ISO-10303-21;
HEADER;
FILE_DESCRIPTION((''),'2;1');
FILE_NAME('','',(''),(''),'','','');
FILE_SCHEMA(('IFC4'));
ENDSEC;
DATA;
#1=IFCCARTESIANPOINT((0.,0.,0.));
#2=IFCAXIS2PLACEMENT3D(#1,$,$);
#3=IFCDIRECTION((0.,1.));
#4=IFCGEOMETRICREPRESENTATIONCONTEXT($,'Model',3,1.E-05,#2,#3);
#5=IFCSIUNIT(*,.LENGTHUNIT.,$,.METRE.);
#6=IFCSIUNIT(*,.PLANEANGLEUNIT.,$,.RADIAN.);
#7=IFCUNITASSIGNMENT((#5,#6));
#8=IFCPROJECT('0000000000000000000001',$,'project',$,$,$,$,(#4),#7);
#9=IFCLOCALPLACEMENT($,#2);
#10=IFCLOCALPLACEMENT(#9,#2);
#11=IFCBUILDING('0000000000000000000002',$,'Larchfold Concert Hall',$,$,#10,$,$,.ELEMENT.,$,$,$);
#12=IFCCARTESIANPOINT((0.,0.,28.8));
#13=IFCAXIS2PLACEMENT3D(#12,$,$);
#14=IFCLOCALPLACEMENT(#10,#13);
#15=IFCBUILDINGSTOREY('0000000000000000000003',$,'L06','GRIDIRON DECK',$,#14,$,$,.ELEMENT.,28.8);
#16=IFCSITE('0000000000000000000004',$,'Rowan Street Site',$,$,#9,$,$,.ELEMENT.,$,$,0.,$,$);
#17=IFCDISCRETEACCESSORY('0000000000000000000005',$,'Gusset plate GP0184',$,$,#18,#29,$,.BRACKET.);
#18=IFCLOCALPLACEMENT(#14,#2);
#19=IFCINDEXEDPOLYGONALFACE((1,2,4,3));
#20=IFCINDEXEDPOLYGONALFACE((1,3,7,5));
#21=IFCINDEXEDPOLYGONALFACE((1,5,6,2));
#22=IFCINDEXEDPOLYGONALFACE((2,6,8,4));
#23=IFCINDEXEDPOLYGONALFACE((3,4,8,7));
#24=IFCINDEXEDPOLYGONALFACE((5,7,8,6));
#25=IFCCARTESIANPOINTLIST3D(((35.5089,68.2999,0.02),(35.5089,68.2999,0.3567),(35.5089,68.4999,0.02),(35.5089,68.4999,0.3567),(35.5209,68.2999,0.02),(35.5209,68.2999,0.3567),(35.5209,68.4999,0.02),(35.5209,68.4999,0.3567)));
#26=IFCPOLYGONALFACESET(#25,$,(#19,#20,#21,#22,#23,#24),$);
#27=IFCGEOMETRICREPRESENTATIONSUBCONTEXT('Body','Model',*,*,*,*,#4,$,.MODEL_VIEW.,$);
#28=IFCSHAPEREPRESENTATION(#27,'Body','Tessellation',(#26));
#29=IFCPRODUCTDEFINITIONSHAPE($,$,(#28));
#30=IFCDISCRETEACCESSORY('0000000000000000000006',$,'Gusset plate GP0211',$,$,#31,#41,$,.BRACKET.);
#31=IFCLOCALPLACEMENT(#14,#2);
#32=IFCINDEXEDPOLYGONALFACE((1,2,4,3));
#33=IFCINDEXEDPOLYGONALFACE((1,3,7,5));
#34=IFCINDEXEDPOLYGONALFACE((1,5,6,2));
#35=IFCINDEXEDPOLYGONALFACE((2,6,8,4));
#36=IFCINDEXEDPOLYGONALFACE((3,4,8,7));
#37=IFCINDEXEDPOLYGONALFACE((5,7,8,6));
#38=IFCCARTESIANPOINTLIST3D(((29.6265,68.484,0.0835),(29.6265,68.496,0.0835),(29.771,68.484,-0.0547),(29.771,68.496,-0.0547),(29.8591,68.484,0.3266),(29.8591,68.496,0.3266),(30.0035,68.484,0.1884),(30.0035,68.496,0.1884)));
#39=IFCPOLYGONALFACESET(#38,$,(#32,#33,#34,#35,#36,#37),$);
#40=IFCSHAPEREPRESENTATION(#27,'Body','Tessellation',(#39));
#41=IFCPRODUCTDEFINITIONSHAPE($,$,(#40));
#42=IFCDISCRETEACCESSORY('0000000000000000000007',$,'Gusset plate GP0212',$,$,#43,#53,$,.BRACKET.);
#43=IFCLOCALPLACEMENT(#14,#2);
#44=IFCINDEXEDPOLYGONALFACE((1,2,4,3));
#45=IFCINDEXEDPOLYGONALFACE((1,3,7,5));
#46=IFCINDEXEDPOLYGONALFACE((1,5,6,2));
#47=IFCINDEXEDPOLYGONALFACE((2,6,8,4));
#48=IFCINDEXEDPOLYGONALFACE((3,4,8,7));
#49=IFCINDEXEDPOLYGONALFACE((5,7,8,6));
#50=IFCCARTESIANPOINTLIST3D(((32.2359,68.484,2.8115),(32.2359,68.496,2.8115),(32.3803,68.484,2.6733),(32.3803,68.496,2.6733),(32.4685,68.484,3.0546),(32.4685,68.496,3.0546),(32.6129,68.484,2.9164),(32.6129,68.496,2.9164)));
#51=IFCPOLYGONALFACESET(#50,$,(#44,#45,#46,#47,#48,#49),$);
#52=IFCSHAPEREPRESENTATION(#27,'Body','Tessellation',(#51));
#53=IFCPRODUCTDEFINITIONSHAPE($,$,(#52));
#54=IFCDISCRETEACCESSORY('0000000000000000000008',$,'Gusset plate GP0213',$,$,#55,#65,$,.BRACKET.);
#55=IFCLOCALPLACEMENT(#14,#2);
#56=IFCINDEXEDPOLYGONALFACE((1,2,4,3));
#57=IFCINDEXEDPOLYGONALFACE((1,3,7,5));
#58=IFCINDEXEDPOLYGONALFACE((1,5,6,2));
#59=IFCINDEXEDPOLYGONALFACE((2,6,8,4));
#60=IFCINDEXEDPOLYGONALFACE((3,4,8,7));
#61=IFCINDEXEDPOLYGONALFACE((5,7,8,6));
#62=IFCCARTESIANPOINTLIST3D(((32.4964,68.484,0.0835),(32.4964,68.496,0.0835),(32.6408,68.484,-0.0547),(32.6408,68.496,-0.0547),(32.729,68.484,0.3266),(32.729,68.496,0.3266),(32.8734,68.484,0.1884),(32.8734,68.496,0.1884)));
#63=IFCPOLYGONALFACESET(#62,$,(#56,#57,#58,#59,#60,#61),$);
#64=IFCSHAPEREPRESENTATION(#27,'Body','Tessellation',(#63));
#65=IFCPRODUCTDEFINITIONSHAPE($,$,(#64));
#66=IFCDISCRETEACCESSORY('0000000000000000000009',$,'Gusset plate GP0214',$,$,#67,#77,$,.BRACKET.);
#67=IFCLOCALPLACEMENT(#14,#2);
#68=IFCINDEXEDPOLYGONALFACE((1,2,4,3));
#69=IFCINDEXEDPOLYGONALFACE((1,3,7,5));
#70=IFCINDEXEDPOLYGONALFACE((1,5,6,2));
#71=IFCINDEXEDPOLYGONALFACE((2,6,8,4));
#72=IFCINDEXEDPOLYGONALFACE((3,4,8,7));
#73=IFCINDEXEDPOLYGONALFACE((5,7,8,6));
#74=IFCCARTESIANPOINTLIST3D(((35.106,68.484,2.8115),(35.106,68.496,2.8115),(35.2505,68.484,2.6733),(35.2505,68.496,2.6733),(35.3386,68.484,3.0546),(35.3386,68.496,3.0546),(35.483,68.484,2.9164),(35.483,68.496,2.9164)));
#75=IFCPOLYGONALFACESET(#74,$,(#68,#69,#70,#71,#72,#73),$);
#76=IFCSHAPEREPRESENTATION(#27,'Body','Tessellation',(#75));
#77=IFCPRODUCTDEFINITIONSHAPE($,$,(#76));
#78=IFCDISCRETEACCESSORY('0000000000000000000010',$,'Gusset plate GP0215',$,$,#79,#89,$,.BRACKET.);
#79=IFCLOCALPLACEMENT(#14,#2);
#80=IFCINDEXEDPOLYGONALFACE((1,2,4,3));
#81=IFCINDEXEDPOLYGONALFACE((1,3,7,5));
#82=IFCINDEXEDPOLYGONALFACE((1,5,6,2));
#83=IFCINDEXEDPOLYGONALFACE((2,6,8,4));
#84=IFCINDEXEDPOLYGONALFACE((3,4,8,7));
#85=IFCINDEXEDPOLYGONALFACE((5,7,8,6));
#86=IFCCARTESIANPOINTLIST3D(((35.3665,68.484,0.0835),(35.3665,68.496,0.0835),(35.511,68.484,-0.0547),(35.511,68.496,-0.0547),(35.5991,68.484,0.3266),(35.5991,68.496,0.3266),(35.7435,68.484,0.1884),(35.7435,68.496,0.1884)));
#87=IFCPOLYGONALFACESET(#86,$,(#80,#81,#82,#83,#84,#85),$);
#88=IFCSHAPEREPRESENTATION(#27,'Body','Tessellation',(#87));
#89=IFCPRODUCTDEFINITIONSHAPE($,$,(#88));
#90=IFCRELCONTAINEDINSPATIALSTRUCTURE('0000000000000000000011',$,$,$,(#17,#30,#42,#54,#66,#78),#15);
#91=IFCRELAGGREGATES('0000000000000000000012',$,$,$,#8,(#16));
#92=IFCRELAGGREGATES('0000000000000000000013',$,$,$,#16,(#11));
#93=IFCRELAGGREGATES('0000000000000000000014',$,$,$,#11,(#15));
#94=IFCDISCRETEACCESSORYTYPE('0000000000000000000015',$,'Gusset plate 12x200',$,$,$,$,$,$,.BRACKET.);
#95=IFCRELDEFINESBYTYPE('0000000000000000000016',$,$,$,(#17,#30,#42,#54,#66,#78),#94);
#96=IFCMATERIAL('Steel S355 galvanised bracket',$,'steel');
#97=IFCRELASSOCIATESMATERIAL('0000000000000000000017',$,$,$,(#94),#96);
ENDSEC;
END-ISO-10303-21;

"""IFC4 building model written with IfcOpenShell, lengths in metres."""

from ifc_helpers import new_model, si_unit, direction, frame, origin, origin_2d, place, context, subcontext, project, spatial, rectangle, extrude, material, material_profile, profile_set, type_object, element, save


model = new_model("IFC4")

# Units and contexts
model_context = context("Model", 3, precision=1e-05, world=origin(), true_north=direction((0.0, 1.0)))
body_context = subcontext(model_context, "Body", "Model", "MODEL_VIEW")
ifc_project = project(units=[si_unit("LENGTHUNIT", "METRE"), si_unit("PLANEANGLEUNIT", "RADIAN")], contexts=[model_context])

# Site, building, storey
site_placement = place(None, origin())
site = spatial("IfcSite", under=ifc_project, at=site_placement, Name="Rowan Street Site", CompositionType="ELEMENT", RefElevation=0.0)
building_placement = place(site_placement, origin())
building = spatial("IfcBuilding", under=site, at=building_placement, Name="Larchfold Concert Hall", CompositionType="ELEMENT")
storey_placement = place(building_placement, frame((0.0, 0.0, 28.8)))
storey = spatial("IfcBuildingStorey", under=building, at=storey_placement, Name="L06", Description="GRIDIRON DECK", CompositionType="ELEMENT", Elevation=28.8)

# Discrete accessories
ifc_material_1 = material(Name="Steel S355 galvanised bracket", Category="steel")
ifc_material_profile_1 = material_profile(ifc_material_1, rectangle(XDim=0.012, YDim=0.2, at=origin_2d()))
ifc_profile_set_1 = profile_set([ifc_material_profile_1], Name="Steel S355 galvanised bracket")
discrete_accessory_type = type_object("IfcDiscreteAccessoryType", Name="Gusset plate 12x200", PredefinedType="BRACKET", material=ifc_profile_set_1)
for number, where, z_axis, x_axis, name in (
    (1, (35.5149, 68.3999, 0.3567), (0.0, 0.0, -1.0), (1.0, 0.0, 0.0), "Gusset plate GP0184"),
):
    element("IfcDiscreteAccessory", number, at=place(storey_placement, frame(where, z_axis=z_axis, x_axis=x_axis)), inside=storey, type_object=discrete_accessory_type, Name=name, PredefinedType="BRACKET", context=body_context, shape_type="SweptSolid", body=[
        extrude(rectangle(XDim=0.012, YDim=0.2, at=origin_2d()), origin(), (0.0, 0.0, 1.0), 0.3367),
    ])
for number, where, z_axis, x_axis, name in (
    (2, (29.6987, 68.49, 0.0144), (0.691338, 0.0, 0.722532), (0.0, 1.0, 0.0), "Gusset plate GP0211"),
    (3, (32.3081, 68.49, 2.7424), (0.691338, 0.0, 0.722532), (0.0, 1.0, 0.0), "Gusset plate GP0212"),
    (4, (32.5686, 68.49, 0.0144), (0.691338, 0.0, 0.722532), (0.0, 1.0, 0.0), "Gusset plate GP0213"),
    (5, (35.1782, 68.49, 2.7424), (0.691338, 0.0, 0.722532), (0.0, 1.0, 0.0), "Gusset plate GP0214"),
    (6, (35.4387, 68.49, 0.0144), (0.691338, 0.0, 0.722532), (0.0, 1.0, 0.0), "Gusset plate GP0215"),
):
    element("IfcDiscreteAccessory", number, at=place(storey_placement, frame(where, z_axis=z_axis, x_axis=x_axis)), inside=storey, type_object=discrete_accessory_type, Name=name, PredefinedType="BRACKET", context=body_context, shape_type="SweptSolid", body=[
        extrude(rectangle(XDim=0.012, YDim=0.2, at=origin_2d()), origin(), (0.0, 0.0, 1.0), 0.3364),
    ])

save(model, "model.ifc")
